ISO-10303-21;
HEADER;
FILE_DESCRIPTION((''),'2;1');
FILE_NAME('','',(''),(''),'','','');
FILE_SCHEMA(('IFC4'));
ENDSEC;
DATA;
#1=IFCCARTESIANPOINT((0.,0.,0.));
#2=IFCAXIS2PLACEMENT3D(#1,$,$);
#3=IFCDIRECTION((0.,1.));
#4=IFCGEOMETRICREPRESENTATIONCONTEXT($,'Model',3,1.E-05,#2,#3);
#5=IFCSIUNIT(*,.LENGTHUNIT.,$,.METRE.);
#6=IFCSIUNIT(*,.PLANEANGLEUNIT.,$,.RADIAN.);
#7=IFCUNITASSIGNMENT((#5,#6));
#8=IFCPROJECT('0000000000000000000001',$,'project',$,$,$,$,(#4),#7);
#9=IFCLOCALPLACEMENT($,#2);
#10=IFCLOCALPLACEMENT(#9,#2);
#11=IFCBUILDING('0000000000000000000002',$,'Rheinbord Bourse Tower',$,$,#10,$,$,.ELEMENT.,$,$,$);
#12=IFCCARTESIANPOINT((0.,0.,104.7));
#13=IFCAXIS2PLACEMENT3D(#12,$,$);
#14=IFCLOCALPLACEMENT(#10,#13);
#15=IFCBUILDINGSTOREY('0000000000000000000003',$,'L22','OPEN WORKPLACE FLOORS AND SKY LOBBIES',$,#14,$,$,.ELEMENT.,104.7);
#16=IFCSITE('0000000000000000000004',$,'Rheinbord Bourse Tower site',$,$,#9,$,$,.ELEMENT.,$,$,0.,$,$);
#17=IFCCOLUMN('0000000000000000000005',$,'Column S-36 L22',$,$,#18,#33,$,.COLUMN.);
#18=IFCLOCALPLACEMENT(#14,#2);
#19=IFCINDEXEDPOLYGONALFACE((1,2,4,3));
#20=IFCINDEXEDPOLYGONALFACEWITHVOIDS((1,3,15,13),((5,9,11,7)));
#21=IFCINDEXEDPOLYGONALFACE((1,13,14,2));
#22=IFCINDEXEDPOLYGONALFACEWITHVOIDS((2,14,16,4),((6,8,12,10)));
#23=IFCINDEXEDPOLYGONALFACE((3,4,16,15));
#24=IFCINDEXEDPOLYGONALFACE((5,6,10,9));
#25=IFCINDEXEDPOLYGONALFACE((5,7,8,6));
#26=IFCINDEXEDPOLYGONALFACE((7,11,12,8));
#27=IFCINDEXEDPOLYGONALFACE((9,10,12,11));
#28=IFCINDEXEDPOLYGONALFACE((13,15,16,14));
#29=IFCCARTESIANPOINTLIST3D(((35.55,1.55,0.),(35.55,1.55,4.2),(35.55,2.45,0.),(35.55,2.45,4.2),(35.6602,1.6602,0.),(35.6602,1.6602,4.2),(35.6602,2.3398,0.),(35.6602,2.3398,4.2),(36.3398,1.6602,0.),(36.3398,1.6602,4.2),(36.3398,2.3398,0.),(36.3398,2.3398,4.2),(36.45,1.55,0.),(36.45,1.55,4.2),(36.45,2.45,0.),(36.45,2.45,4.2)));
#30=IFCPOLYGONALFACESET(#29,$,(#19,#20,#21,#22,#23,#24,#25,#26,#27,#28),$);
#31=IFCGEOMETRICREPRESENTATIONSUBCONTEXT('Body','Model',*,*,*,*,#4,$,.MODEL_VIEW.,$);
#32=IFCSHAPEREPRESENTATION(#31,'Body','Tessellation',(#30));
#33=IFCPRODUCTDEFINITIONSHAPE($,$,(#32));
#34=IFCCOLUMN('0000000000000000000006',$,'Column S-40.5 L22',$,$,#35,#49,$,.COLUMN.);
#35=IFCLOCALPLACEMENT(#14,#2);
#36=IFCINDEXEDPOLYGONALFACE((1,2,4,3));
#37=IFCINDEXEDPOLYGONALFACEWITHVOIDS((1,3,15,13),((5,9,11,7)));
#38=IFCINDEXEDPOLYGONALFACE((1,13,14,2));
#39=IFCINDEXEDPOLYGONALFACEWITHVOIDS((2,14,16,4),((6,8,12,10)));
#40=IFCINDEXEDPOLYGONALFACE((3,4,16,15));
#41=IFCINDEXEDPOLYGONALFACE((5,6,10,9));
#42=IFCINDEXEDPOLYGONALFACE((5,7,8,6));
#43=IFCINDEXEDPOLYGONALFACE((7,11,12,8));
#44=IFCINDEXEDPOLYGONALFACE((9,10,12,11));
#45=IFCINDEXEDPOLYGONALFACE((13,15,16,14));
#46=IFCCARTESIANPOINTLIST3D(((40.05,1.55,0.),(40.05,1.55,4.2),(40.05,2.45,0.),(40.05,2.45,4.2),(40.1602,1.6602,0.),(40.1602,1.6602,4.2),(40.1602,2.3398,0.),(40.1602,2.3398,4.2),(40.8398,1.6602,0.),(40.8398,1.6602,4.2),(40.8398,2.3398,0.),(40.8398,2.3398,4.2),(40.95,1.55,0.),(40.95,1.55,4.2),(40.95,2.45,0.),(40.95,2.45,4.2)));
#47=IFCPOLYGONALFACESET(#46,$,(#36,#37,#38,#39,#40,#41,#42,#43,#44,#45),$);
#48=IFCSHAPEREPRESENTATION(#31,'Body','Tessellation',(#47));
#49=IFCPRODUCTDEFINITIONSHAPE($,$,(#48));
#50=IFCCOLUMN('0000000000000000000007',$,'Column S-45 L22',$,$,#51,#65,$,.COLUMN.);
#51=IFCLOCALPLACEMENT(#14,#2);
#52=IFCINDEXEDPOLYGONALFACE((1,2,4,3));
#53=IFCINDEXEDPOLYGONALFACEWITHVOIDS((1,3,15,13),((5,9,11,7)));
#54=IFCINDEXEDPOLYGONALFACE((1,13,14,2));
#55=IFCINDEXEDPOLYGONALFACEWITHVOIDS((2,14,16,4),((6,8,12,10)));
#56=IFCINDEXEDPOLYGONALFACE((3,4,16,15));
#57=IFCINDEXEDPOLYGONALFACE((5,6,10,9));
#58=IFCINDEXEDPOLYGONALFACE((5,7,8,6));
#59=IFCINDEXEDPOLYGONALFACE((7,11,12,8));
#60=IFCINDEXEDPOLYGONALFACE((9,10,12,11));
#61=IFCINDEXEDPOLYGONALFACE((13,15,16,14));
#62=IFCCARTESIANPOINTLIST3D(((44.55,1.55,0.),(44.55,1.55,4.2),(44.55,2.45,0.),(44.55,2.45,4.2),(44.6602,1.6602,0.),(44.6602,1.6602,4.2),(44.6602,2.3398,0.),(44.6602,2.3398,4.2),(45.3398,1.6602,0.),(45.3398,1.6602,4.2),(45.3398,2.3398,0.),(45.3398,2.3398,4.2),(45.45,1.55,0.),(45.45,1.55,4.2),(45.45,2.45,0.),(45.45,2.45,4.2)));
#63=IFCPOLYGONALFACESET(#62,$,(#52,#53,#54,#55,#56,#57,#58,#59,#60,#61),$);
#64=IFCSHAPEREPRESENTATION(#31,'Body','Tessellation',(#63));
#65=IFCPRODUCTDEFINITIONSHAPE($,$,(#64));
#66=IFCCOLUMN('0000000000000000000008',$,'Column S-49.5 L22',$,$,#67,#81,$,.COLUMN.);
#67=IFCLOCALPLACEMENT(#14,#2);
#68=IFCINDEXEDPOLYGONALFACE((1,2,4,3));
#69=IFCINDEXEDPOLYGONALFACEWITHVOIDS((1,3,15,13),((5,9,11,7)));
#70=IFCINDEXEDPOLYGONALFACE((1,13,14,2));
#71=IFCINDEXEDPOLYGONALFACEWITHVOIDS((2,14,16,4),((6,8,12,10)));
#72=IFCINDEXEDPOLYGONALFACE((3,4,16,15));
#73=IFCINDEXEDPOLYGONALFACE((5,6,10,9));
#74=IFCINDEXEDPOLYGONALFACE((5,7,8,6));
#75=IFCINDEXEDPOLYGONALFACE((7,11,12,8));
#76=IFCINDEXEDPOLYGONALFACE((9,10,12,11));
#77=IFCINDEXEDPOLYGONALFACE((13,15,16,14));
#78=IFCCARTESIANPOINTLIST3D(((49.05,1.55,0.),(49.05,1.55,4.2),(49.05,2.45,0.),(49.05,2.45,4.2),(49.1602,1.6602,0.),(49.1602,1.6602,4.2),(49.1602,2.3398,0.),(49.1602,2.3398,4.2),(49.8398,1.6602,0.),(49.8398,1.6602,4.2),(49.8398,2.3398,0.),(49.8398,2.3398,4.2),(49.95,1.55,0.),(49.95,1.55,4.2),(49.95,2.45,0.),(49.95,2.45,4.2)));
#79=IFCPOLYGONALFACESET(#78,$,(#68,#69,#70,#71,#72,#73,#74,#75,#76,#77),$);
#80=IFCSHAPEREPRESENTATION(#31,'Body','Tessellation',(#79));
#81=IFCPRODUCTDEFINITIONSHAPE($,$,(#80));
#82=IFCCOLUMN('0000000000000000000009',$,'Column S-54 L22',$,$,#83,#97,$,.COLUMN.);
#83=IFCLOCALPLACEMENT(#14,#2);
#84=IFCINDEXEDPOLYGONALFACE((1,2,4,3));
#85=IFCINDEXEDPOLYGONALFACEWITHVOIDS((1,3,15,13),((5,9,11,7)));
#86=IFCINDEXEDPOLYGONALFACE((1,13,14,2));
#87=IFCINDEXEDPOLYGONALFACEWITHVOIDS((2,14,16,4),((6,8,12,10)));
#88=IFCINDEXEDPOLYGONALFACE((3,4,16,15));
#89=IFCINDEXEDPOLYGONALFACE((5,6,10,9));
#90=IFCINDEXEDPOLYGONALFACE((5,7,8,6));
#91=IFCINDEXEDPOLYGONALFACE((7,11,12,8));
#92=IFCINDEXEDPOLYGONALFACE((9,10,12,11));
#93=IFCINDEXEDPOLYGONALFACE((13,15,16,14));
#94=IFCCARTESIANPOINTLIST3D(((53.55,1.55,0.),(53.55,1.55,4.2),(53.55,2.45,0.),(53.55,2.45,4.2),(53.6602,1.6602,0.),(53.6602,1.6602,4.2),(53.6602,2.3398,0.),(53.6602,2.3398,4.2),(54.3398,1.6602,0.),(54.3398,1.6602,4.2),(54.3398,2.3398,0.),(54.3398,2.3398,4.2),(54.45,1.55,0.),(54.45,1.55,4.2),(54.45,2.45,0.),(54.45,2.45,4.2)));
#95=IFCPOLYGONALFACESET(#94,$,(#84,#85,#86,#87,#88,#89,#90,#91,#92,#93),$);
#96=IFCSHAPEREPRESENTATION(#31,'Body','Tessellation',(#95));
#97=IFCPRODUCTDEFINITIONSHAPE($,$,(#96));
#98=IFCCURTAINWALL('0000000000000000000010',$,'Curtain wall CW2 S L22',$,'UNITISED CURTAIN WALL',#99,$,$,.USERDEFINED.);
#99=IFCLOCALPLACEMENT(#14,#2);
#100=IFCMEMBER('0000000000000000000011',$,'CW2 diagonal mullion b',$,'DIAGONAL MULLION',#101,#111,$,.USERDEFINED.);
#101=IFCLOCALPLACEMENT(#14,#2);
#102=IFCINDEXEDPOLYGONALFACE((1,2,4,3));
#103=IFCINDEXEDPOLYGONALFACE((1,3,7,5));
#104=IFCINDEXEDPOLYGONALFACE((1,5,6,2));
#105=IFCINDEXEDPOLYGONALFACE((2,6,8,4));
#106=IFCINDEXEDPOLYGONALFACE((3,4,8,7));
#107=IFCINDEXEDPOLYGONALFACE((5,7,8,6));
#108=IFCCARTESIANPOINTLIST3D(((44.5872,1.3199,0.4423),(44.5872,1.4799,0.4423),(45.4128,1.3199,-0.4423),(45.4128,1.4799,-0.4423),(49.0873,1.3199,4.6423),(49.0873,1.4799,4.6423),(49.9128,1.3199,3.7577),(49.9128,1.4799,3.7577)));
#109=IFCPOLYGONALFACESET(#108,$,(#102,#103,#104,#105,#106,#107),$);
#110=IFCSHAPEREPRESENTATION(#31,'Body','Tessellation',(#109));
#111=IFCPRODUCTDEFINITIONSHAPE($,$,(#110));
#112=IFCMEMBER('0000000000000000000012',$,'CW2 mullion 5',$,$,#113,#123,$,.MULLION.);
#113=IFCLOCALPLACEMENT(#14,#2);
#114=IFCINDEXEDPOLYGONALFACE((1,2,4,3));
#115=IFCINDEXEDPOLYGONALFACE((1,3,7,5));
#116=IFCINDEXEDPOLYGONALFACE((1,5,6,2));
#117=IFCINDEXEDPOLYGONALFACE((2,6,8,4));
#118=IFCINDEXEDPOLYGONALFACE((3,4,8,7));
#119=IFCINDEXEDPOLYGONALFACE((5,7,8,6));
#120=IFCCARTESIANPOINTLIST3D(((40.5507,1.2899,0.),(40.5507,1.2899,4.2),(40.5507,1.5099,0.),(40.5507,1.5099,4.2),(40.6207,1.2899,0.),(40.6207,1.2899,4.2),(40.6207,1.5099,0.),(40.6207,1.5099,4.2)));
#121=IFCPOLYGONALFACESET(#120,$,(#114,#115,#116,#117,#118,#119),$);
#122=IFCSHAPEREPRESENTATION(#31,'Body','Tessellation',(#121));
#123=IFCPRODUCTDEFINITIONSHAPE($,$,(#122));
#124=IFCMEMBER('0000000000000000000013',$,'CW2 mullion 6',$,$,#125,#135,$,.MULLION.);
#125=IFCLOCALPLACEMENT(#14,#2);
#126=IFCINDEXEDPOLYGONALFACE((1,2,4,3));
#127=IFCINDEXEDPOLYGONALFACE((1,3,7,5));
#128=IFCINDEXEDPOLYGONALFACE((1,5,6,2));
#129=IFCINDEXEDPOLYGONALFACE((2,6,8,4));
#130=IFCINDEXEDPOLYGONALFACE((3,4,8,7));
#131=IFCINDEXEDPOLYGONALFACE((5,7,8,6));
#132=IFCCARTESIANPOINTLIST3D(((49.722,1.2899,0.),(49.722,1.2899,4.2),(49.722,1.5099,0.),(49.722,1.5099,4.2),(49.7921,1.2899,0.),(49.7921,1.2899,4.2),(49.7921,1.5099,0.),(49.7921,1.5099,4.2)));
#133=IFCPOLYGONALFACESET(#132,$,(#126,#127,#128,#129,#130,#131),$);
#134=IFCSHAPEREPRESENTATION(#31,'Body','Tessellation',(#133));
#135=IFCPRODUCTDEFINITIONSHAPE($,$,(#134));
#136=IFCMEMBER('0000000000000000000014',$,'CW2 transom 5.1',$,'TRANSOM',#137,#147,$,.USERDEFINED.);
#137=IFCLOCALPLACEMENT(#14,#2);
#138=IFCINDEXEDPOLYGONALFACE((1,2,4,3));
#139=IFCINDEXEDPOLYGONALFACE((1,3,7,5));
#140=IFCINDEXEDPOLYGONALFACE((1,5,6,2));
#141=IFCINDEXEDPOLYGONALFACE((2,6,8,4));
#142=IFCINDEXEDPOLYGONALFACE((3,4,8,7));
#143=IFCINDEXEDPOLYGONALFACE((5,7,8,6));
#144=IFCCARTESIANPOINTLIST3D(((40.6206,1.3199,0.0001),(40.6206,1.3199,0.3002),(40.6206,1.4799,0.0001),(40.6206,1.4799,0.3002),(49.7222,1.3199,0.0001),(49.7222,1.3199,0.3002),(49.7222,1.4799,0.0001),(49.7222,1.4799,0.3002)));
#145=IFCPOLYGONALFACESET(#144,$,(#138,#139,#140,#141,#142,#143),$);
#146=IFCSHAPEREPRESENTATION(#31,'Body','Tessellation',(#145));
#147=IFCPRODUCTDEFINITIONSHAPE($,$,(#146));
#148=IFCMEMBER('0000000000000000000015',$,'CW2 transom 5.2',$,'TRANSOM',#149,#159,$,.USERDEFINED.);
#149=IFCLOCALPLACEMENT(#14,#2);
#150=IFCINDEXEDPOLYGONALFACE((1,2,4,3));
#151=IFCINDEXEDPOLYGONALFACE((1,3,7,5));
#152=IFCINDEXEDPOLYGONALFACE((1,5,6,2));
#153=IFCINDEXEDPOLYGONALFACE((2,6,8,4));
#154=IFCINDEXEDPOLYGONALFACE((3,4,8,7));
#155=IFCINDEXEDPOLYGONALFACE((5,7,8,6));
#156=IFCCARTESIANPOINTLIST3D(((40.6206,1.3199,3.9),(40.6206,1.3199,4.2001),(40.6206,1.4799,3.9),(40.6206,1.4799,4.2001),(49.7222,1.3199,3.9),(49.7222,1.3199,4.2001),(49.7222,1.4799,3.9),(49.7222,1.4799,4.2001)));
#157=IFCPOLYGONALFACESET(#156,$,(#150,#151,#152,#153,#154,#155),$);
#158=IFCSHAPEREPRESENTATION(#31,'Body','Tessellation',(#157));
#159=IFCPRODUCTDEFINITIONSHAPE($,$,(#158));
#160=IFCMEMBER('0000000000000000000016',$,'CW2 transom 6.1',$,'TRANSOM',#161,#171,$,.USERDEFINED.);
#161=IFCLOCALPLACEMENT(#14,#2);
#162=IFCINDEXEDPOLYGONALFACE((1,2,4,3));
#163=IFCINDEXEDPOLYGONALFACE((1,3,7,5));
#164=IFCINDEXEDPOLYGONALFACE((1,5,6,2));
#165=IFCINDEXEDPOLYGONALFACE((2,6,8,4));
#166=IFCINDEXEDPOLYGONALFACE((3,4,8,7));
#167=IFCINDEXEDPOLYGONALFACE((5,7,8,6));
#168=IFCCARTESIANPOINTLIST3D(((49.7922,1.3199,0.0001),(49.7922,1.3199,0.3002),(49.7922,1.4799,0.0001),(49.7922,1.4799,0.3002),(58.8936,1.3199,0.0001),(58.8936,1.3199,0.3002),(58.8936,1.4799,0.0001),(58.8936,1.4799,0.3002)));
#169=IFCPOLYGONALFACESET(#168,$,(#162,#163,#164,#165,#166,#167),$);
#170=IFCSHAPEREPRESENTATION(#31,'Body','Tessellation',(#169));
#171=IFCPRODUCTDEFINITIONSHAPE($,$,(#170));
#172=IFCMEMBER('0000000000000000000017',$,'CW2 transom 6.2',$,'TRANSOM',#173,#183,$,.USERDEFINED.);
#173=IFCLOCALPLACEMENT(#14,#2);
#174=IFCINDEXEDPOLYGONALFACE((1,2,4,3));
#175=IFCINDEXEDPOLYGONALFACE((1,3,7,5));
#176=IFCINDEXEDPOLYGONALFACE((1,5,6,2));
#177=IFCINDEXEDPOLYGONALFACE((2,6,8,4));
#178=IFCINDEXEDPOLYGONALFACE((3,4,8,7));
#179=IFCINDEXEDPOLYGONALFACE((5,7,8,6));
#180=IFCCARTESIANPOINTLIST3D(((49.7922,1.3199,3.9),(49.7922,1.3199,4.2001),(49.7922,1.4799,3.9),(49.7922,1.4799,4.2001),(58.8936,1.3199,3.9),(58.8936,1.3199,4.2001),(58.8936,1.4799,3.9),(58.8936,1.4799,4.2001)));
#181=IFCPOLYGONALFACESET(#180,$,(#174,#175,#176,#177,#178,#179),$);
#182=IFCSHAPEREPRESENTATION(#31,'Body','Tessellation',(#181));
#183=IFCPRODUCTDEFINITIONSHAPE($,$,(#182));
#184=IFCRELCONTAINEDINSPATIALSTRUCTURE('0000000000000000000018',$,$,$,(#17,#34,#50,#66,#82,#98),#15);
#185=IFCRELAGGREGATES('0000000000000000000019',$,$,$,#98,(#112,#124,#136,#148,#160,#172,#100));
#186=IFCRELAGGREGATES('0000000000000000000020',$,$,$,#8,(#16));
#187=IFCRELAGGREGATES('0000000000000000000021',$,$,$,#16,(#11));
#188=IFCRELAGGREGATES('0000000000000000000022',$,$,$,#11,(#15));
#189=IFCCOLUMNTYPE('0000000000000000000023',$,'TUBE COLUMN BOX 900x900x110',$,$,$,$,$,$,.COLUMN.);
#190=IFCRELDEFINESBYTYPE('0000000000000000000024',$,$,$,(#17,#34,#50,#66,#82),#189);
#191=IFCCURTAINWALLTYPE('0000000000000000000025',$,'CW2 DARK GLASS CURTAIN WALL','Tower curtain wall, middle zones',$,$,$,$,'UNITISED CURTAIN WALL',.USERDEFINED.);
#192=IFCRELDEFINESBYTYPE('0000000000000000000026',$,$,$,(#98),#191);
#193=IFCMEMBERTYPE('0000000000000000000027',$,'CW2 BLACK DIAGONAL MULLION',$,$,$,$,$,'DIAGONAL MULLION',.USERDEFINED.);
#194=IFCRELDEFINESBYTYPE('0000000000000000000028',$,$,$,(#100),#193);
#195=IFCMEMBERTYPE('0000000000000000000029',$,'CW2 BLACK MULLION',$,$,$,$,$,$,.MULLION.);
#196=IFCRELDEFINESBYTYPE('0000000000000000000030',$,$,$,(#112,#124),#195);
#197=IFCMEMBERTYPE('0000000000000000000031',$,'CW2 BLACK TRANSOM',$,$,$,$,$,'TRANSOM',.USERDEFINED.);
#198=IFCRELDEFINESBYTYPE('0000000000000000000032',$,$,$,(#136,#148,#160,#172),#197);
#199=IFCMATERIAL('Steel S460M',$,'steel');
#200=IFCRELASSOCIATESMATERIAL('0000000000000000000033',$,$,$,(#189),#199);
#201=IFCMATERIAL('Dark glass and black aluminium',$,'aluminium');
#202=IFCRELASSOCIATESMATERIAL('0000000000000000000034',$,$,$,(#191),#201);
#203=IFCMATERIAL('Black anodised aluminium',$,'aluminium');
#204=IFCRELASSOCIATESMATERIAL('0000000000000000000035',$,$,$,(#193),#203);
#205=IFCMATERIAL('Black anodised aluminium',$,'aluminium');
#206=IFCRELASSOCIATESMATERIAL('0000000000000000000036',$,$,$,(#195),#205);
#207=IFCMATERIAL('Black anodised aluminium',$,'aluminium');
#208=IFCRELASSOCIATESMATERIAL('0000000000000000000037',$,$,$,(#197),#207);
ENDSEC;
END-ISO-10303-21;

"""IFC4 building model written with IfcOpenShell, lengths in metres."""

from ifc_helpers import new_model, si_unit, direction, frame, origin, origin_2d, place, context, subcontext, project, spatial, rectangle, hollow_rectangle, extrude, material, material_profile, profile_set, type_object, element, aggregate, save


model = new_model("IFC4")

# Units and contexts
model_context = context("Model", 3, precision=1e-05, world=origin(), true_north=direction((0.0, 1.0)))
body_context = subcontext(model_context, "Body", "Model", "MODEL_VIEW")
ifc_project = project(units=[si_unit("LENGTHUNIT", "METRE"), si_unit("PLANEANGLEUNIT", "RADIAN")], contexts=[model_context])

# Site, building, storey
site_placement = place(None, origin())
site = spatial("IfcSite", under=ifc_project, at=site_placement, Name="Rheinbord Bourse Tower site", CompositionType="ELEMENT", RefElevation=0.0)
building_placement = place(site_placement, origin())
building = spatial("IfcBuilding", under=site, at=building_placement, Name="Rheinbord Bourse Tower", CompositionType="ELEMENT")
storey_placement = place(building_placement, frame((0.0, 0.0, 104.7)))
storey = spatial("IfcBuildingStorey", under=building, at=storey_placement, Name="L22", Description="OPEN WORKPLACE FLOORS AND SKY LOBBIES", CompositionType="ELEMENT", Elevation=104.7)

# Columns
ifc_material_1 = material(Name="Steel S460M", Category="steel")
ifc_material_profile_1 = material_profile(ifc_material_1, hollow_rectangle(XDim=0.8999, YDim=0.8999, WallThickness=0.1101, at=origin_2d()), Name="BOX 900x900x110")
ifc_profile_set_1 = profile_set([ifc_material_profile_1], Name="Steel S460M")
column_type = type_object("IfcColumnType", Name="TUBE COLUMN BOX 900x900x110", PredefinedType="COLUMN", material=ifc_profile_set_1)
for number, where, z_axis, x_axis, name in (
    (1, (36.0, 2.0, 0.0), (0.0, 0.0, 1.0), (0.0, 1.0, 0.0), "Column S-36 L22"),
    (2, (40.5, 2.0, 0.0), (0.0, 0.0, 1.0), (0.0, 1.0, 0.0), "Column S-40.5 L22"),
    (3, (45.0, 2.0, 0.0), (0.0, 0.0, 1.0), (0.0, 1.0, 0.0), "Column S-45 L22"),
    (4, (49.5, 2.0, 0.0), (0.0, 0.0, 1.0), (0.0, 1.0, 0.0), "Column S-49.5 L22"),
    (5, (54.0, 2.0, 0.0), (0.0, 0.0, 1.0), (0.0, 1.0, 0.0), "Column S-54 L22"),
):
    element("IfcColumn", number, at=place(storey_placement, frame(where, z_axis=z_axis, x_axis=x_axis)), inside=storey, type_object=column_type, Name=name, PredefinedType="COLUMN", context=body_context, shape_type="SweptSolid", body=[
        extrude(hollow_rectangle(XDim=0.8999, YDim=0.8999, WallThickness=0.1101, at=origin_2d()), origin(), (0.0, 0.0, 1.0), 4.2),
    ])

# Curtain wall, members
ifc_material_2 = material(Name="Dark glass and black aluminium", Category="aluminium")
curtain_wall_type = type_object("IfcCurtainWallType", Name="CW2 DARK GLASS CURTAIN WALL", Description="Tower curtain wall, middle zones", ElementType="UNITISED CURTAIN WALL", PredefinedType="USERDEFINED", material=ifc_material_2)
curtain_wall_placement = place(storey_placement, origin())
curtain_wall = element("IfcCurtainWall", 6, at=curtain_wall_placement, inside=storey, type_object=curtain_wall_type, Name="Curtain wall CW2 S L22", ObjectType="UNITISED CURTAIN WALL", PredefinedType="USERDEFINED")
ifc_material_3 = material(Name="Black anodised aluminium", Category="aluminium")
ifc_material_profile_2 = material_profile(ifc_material_3, rectangle(XDim=0.1599, YDim=1.21, at=origin_2d()), Name="CW2 DIAGONAL MULLION 1210x160")
ifc_profile_set_2 = profile_set([ifc_material_profile_2], Name="Black anodised aluminium")
member_type_1 = type_object("IfcMemberType", Name="CW2 BLACK DIAGONAL MULLION", ElementType="DIAGONAL MULLION", PredefinedType="USERDEFINED", material=ifc_profile_set_2)
member_1_placement = place(storey_placement, frame((45.0, 1.3999, 0.0), z_axis=(0.731059, 0.0, 0.682314), x_axis=(0.0, 1.0, 0.0)))
member_1 = element("IfcMember", 7, at=member_1_placement, type_object=member_type_1, Name="CW2 diagonal mullion b", ObjectType="DIAGONAL MULLION", PredefinedType="USERDEFINED", context=body_context, shape_type="SweptSolid", body=[
    extrude(rectangle(XDim=0.1599, YDim=1.21, at=origin_2d()), origin(), (0.0, 0.0, 1.0), 6.1555),
])
ifc_material_4 = material(Name="Black anodised aluminium", Category="aluminium")
ifc_material_profile_3 = material_profile(ifc_material_4, rectangle(XDim=0.22, YDim=0.0701, at=origin_2d()), Name="CW2 MULLION 70x220")
ifc_profile_set_3 = profile_set([ifc_material_profile_3], Name="Black anodised aluminium")
member_type_2 = type_object("IfcMemberType", Name="CW2 BLACK MULLION", PredefinedType="MULLION", material=ifc_profile_set_3)
member_2_placement = place(storey_placement, frame((40.5857, 1.3999, 0.0), z_axis=(0.0, 0.0, 1.0), x_axis=(0.0, 1.0, 0.0)))
member_2 = element("IfcMember", 8, at=member_2_placement, type_object=member_type_2, Name="CW2 mullion 5", PredefinedType="MULLION", context=body_context, shape_type="SweptSolid", body=[
    extrude(rectangle(XDim=0.22, YDim=0.0701, at=origin_2d()), origin(), (0.0, 0.0, 1.0), 4.2),
])
member_3_placement = place(storey_placement, frame((49.7571, 1.3999, 0.0), z_axis=(0.0, 0.0, 1.0), x_axis=(0.0, 1.0, 0.0)))
member_3 = element("IfcMember", 9, at=member_3_placement, type_object=member_type_2, Name="CW2 mullion 6", PredefinedType="MULLION", context=body_context, shape_type="SweptSolid", body=[
    extrude(rectangle(XDim=0.22, YDim=0.0701, at=origin_2d()), origin(), (0.0, 0.0, 1.0), 4.2),
])
ifc_material_5 = material(Name="Black anodised aluminium", Category="aluminium")
ifc_material_profile_4 = material_profile(ifc_material_5, rectangle(XDim=0.1599, YDim=0.3, at=origin_2d()), Name="CW2 TRANSOM 300x160")
ifc_profile_set_4 = profile_set([ifc_material_profile_4], Name="Black anodised aluminium")
member_type_3 = type_object("IfcMemberType", Name="CW2 BLACK TRANSOM", ElementType="TRANSOM", PredefinedType="USERDEFINED", material=ifc_profile_set_4)
member_4_placement = place(storey_placement, frame((40.6206, 1.3999, 0.1501), z_axis=(1.0, 0.0, 0.0), x_axis=(0.0, 1.0, 0.0)))
member_4 = element("IfcMember", 10, at=member_4_placement, type_object=member_type_3, Name="CW2 transom 5.1", ObjectType="TRANSOM", PredefinedType="USERDEFINED", context=body_context, shape_type="SweptSolid", body=[
    extrude(rectangle(XDim=0.1599, YDim=0.3, at=origin_2d()), origin(), (0.0, 0.0, 1.0), 9.1016),
])
member_5_placement = place(storey_placement, frame((40.6206, 1.3999, 4.05), z_axis=(1.0, 0.0, 0.0), x_axis=(0.0, 1.0, 0.0)))
member_5 = element("IfcMember", 11, at=member_5_placement, type_object=member_type_3, Name="CW2 transom 5.2", ObjectType="TRANSOM", PredefinedType="USERDEFINED", context=body_context, shape_type="SweptSolid", body=[
    extrude(rectangle(XDim=0.1599, YDim=0.3, at=origin_2d()), origin(), (0.0, 0.0, 1.0), 9.1016),
])
member_6_placement = place(storey_placement, frame((49.7922, 1.3999, 0.1501), z_axis=(1.0, 0.0, 0.0), x_axis=(0.0, 1.0, 0.0)))
member_6 = element("IfcMember", 12, at=member_6_placement, type_object=member_type_3, Name="CW2 transom 6.1", ObjectType="TRANSOM", PredefinedType="USERDEFINED", context=body_context, shape_type="SweptSolid", body=[
    extrude(rectangle(XDim=0.1599, YDim=0.3, at=origin_2d()), origin(), (0.0, 0.0, 1.0), 9.1013),
])
member_7_placement = place(storey_placement, frame((49.7922, 1.3999, 4.05), z_axis=(1.0, 0.0, 0.0), x_axis=(0.0, 1.0, 0.0)))
member_7 = element("IfcMember", 13, at=member_7_placement, type_object=member_type_3, Name="CW2 transom 6.2", ObjectType="TRANSOM", PredefinedType="USERDEFINED", context=body_context, shape_type="SweptSolid", body=[
    extrude(rectangle(XDim=0.1599, YDim=0.3, at=origin_2d()), origin(), (0.0, 0.0, 1.0), 9.1013),
])

aggregate(curtain_wall, [member_2, member_3, member_4, member_5, member_6, member_7, member_1])

save(model, "model.ifc")
